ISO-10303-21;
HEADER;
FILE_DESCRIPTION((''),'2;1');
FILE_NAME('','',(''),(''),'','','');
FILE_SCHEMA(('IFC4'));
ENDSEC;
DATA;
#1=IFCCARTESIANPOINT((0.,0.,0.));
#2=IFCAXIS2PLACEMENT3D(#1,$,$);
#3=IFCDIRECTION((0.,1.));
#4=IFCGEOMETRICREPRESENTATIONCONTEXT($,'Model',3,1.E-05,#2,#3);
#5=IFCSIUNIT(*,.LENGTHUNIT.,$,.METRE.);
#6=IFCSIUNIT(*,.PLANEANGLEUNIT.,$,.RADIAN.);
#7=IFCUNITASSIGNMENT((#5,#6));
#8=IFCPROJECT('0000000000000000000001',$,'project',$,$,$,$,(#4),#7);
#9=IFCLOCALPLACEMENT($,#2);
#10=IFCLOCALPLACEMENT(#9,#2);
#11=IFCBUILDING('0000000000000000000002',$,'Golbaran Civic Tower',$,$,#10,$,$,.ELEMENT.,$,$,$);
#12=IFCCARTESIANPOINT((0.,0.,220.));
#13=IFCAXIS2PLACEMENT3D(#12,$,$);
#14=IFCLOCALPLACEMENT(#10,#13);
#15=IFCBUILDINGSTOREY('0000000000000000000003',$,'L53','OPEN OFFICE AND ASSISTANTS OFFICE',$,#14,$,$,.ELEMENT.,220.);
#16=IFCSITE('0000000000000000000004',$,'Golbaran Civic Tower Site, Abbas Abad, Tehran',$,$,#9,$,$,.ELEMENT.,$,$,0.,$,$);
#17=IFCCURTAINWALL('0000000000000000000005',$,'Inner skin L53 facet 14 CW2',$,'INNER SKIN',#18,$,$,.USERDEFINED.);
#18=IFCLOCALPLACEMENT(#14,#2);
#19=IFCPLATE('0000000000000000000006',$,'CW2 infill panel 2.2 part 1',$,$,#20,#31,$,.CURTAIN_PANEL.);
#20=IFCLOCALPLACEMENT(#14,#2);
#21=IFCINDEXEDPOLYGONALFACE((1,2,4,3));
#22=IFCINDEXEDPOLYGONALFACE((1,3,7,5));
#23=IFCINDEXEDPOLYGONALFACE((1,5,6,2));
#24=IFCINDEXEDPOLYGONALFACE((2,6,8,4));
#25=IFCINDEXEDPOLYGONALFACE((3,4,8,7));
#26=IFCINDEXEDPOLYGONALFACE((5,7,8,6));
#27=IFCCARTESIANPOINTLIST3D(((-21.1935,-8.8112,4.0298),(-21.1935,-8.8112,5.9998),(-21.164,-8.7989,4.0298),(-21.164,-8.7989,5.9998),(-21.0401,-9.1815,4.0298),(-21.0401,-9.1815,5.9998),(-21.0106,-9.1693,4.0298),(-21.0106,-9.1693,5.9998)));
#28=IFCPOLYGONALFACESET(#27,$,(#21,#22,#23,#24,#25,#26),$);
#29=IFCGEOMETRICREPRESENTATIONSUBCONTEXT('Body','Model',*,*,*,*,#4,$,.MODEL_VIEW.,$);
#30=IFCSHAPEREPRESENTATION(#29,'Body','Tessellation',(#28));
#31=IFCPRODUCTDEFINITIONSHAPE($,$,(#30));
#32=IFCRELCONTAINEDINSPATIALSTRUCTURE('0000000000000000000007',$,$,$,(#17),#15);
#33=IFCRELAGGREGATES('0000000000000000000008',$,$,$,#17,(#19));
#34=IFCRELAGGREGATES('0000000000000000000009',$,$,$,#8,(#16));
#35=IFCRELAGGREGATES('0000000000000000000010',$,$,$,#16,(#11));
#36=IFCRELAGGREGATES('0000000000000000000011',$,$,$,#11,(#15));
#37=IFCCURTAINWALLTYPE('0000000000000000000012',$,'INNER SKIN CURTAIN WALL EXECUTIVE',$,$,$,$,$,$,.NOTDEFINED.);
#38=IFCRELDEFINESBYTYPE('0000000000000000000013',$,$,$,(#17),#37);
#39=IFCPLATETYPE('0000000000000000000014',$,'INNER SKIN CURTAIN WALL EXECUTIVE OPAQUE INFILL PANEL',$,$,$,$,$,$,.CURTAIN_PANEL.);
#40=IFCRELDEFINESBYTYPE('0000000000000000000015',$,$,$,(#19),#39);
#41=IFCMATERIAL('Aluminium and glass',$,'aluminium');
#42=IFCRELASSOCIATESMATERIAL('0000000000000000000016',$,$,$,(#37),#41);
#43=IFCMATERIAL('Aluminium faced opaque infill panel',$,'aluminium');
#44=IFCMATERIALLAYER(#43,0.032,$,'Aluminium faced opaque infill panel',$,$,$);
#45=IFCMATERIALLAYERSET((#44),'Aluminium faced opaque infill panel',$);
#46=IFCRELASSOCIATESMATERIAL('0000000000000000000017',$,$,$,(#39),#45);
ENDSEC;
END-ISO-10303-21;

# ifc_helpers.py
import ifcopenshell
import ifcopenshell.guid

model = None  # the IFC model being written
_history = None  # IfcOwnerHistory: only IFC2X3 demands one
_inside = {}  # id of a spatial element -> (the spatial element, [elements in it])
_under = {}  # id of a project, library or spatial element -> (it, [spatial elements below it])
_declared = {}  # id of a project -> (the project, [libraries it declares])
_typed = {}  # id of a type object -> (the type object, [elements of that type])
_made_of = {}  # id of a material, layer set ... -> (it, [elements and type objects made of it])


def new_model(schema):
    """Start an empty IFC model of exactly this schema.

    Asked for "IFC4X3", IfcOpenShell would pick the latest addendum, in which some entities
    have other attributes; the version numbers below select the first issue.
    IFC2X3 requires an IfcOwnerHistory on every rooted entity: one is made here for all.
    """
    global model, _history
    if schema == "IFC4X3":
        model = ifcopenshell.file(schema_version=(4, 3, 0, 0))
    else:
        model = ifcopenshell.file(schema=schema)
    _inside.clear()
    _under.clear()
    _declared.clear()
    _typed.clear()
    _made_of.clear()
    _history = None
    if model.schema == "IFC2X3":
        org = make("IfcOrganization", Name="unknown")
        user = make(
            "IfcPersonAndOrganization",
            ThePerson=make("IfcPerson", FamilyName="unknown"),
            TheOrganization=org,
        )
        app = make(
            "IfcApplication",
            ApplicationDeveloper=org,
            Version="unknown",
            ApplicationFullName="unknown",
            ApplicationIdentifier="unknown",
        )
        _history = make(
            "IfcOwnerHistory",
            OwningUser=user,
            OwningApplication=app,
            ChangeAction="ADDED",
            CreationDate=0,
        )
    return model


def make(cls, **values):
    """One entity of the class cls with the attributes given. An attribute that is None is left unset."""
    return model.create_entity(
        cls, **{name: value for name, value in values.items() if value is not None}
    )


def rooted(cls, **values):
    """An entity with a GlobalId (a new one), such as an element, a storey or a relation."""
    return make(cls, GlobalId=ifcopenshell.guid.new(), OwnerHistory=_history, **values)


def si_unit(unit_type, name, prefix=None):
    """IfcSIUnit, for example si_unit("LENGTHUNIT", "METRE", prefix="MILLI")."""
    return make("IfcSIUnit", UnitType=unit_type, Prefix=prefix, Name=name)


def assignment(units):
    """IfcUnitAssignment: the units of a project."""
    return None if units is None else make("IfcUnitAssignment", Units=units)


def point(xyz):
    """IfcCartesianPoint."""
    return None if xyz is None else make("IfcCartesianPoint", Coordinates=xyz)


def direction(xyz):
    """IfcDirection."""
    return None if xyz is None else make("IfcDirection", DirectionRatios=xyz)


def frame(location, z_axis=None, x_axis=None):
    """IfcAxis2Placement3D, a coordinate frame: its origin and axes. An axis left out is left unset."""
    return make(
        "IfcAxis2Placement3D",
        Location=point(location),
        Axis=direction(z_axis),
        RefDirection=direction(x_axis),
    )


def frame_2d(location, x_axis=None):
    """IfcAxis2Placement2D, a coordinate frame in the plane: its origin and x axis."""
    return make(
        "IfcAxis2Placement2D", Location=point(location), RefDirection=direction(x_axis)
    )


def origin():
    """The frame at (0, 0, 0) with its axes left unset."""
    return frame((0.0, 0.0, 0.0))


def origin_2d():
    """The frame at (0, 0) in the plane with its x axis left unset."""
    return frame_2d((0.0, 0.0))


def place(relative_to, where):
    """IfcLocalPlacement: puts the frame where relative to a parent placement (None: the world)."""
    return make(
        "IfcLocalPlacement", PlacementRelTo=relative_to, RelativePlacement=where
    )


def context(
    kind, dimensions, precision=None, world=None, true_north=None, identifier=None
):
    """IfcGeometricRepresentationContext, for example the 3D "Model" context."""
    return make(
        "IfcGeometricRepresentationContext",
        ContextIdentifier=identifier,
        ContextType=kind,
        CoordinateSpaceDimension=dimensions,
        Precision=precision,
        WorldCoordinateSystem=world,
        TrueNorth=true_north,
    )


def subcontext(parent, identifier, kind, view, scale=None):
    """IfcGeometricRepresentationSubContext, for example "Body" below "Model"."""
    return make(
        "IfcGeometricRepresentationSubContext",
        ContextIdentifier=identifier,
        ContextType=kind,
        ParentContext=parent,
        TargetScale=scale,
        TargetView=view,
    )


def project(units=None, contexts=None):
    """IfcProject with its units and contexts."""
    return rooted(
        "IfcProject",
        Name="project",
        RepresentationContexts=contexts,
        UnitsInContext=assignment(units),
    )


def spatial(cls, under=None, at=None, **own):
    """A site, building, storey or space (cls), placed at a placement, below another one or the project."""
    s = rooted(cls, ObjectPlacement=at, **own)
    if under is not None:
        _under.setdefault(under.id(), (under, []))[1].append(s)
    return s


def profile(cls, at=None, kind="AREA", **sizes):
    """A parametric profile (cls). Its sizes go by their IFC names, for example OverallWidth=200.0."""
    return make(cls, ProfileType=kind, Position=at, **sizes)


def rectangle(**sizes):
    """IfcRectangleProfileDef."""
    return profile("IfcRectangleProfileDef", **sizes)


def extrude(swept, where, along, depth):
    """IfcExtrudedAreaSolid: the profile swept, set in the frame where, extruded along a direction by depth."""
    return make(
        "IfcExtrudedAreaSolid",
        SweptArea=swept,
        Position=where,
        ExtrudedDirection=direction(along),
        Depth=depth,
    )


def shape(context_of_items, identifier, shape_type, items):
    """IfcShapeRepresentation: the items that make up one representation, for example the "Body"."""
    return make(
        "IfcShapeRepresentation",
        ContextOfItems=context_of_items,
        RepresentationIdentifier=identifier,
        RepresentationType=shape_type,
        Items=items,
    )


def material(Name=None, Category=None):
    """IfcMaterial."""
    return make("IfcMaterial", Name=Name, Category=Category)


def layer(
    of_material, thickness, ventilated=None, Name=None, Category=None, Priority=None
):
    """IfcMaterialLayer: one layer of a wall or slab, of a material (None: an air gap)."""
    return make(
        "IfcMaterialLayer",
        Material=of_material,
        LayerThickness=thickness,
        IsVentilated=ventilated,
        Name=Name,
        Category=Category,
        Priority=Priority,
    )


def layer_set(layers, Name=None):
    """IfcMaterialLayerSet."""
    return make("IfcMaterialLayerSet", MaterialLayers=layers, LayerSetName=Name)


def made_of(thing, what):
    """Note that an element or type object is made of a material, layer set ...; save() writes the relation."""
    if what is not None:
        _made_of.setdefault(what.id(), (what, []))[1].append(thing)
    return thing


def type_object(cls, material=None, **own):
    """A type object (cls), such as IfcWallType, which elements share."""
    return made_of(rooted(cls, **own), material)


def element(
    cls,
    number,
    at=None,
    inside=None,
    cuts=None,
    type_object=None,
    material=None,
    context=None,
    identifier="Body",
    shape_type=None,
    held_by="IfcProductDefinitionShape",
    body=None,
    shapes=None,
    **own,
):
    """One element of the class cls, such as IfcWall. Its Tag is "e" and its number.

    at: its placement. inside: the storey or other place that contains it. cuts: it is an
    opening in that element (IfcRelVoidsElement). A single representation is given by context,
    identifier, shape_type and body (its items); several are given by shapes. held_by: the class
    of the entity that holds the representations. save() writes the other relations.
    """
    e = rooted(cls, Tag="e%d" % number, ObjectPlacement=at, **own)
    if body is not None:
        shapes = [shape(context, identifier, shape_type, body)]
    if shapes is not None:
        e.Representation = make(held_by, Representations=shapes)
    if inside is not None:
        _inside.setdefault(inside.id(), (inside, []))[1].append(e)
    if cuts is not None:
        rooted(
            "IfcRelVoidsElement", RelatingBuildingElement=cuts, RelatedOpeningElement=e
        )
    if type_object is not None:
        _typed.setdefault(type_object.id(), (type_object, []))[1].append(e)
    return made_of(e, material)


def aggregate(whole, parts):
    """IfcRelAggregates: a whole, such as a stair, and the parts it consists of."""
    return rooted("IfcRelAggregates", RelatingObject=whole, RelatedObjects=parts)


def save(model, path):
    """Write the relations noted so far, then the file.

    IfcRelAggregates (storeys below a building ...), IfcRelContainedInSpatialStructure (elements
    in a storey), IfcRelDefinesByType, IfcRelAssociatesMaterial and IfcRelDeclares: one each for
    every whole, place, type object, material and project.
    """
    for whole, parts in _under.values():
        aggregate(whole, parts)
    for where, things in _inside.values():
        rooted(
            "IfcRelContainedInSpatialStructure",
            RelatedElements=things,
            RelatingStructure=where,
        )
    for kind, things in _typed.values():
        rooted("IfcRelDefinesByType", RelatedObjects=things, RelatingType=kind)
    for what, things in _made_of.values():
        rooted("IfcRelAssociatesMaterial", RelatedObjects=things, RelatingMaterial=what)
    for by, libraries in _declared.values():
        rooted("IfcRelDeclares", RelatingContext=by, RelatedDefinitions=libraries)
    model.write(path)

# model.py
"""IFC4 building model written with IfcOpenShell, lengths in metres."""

from ifc_helpers import new_model, si_unit, direction, frame, origin, origin_2d, place, context, subcontext, project, spatial, rectangle, extrude, material, layer, layer_set, type_object, element, aggregate, save


model = new_model("IFC4")

# Units and contexts
model_context = context("Model", 3, precision=1e-05, world=origin(), true_north=direction((0.0, 1.0)))
body_context = subcontext(model_context, "Body", "Model", "MODEL_VIEW")
ifc_project = project(units=[si_unit("LENGTHUNIT", "METRE"), si_unit("PLANEANGLEUNIT", "RADIAN")], contexts=[model_context])

# Site, building, storey
site_placement = place(None, origin())
site = spatial("IfcSite", under=ifc_project, at=site_placement, Name="Golbaran Civic Tower Site, Abbas Abad, Tehran", CompositionType="ELEMENT", RefElevation=0.0)
building_placement = place(site_placement, origin())
building = spatial("IfcBuilding", under=site, at=building_placement, Name="Golbaran Civic Tower", CompositionType="ELEMENT")
storey_placement = place(building_placement, frame((0.0, 0.0, 220.0)))
storey = spatial("IfcBuildingStorey", under=building, at=storey_placement, Name="L53", Description="OPEN OFFICE AND ASSISTANTS OFFICE", CompositionType="ELEMENT", Elevation=220.0)

# Curtain wall
ifc_material_1 = material(Name="Aluminium and glass", Category="aluminium")
curtain_wall_type = type_object("IfcCurtainWallType", Name="INNER SKIN CURTAIN WALL EXECUTIVE", PredefinedType="NOTDEFINED", material=ifc_material_1)
curtain_wall_1_placement = place(storey_placement, origin())
curtain_wall_1 = element("IfcCurtainWall", 1, at=curtain_wall_1_placement, inside=storey, type_object=curtain_wall_type, Name="Inner skin L53 facet 14 CW2", ObjectType="INNER SKIN", PredefinedType="USERDEFINED")

# Plate
ifc_material_2 = material(Name="Aluminium faced opaque infill panel", Category="aluminium")
ifc_layer_1 = layer(ifc_material_2, 0.032, Name="Aluminium faced opaque infill panel")
ifc_layer_set_1 = layer_set([ifc_layer_1], Name="Aluminium faced opaque infill panel")
plate_type_1 = type_object("IfcPlateType", Name="INNER SKIN CURTAIN WALL EXECUTIVE OPAQUE INFILL PANEL", PredefinedType="CURTAIN_PANEL", material=ifc_layer_set_1)
plate_1_placement = place(storey_placement, frame((-21.1021, -8.9902, 4.0298), z_axis=(0.0, 0.0, 1.0), x_axis=(0.382683, -0.92388, 0.0)))
plate_1 = element("IfcPlate", 2, at=plate_1_placement, type_object=plate_type_1, Name="CW2 infill panel 2.2 part 1", PredefinedType="CURTAIN_PANEL", context=body_context, shape_type="SweptSolid", body=[
    extrude(rectangle(XDim=0.4009, YDim=0.032, at=origin_2d()), origin(), (0.0, 0.0, 1.0), 1.97),
])
aggregate(curtain_wall_1, [plate_1])

save(model, "model.ifc")
